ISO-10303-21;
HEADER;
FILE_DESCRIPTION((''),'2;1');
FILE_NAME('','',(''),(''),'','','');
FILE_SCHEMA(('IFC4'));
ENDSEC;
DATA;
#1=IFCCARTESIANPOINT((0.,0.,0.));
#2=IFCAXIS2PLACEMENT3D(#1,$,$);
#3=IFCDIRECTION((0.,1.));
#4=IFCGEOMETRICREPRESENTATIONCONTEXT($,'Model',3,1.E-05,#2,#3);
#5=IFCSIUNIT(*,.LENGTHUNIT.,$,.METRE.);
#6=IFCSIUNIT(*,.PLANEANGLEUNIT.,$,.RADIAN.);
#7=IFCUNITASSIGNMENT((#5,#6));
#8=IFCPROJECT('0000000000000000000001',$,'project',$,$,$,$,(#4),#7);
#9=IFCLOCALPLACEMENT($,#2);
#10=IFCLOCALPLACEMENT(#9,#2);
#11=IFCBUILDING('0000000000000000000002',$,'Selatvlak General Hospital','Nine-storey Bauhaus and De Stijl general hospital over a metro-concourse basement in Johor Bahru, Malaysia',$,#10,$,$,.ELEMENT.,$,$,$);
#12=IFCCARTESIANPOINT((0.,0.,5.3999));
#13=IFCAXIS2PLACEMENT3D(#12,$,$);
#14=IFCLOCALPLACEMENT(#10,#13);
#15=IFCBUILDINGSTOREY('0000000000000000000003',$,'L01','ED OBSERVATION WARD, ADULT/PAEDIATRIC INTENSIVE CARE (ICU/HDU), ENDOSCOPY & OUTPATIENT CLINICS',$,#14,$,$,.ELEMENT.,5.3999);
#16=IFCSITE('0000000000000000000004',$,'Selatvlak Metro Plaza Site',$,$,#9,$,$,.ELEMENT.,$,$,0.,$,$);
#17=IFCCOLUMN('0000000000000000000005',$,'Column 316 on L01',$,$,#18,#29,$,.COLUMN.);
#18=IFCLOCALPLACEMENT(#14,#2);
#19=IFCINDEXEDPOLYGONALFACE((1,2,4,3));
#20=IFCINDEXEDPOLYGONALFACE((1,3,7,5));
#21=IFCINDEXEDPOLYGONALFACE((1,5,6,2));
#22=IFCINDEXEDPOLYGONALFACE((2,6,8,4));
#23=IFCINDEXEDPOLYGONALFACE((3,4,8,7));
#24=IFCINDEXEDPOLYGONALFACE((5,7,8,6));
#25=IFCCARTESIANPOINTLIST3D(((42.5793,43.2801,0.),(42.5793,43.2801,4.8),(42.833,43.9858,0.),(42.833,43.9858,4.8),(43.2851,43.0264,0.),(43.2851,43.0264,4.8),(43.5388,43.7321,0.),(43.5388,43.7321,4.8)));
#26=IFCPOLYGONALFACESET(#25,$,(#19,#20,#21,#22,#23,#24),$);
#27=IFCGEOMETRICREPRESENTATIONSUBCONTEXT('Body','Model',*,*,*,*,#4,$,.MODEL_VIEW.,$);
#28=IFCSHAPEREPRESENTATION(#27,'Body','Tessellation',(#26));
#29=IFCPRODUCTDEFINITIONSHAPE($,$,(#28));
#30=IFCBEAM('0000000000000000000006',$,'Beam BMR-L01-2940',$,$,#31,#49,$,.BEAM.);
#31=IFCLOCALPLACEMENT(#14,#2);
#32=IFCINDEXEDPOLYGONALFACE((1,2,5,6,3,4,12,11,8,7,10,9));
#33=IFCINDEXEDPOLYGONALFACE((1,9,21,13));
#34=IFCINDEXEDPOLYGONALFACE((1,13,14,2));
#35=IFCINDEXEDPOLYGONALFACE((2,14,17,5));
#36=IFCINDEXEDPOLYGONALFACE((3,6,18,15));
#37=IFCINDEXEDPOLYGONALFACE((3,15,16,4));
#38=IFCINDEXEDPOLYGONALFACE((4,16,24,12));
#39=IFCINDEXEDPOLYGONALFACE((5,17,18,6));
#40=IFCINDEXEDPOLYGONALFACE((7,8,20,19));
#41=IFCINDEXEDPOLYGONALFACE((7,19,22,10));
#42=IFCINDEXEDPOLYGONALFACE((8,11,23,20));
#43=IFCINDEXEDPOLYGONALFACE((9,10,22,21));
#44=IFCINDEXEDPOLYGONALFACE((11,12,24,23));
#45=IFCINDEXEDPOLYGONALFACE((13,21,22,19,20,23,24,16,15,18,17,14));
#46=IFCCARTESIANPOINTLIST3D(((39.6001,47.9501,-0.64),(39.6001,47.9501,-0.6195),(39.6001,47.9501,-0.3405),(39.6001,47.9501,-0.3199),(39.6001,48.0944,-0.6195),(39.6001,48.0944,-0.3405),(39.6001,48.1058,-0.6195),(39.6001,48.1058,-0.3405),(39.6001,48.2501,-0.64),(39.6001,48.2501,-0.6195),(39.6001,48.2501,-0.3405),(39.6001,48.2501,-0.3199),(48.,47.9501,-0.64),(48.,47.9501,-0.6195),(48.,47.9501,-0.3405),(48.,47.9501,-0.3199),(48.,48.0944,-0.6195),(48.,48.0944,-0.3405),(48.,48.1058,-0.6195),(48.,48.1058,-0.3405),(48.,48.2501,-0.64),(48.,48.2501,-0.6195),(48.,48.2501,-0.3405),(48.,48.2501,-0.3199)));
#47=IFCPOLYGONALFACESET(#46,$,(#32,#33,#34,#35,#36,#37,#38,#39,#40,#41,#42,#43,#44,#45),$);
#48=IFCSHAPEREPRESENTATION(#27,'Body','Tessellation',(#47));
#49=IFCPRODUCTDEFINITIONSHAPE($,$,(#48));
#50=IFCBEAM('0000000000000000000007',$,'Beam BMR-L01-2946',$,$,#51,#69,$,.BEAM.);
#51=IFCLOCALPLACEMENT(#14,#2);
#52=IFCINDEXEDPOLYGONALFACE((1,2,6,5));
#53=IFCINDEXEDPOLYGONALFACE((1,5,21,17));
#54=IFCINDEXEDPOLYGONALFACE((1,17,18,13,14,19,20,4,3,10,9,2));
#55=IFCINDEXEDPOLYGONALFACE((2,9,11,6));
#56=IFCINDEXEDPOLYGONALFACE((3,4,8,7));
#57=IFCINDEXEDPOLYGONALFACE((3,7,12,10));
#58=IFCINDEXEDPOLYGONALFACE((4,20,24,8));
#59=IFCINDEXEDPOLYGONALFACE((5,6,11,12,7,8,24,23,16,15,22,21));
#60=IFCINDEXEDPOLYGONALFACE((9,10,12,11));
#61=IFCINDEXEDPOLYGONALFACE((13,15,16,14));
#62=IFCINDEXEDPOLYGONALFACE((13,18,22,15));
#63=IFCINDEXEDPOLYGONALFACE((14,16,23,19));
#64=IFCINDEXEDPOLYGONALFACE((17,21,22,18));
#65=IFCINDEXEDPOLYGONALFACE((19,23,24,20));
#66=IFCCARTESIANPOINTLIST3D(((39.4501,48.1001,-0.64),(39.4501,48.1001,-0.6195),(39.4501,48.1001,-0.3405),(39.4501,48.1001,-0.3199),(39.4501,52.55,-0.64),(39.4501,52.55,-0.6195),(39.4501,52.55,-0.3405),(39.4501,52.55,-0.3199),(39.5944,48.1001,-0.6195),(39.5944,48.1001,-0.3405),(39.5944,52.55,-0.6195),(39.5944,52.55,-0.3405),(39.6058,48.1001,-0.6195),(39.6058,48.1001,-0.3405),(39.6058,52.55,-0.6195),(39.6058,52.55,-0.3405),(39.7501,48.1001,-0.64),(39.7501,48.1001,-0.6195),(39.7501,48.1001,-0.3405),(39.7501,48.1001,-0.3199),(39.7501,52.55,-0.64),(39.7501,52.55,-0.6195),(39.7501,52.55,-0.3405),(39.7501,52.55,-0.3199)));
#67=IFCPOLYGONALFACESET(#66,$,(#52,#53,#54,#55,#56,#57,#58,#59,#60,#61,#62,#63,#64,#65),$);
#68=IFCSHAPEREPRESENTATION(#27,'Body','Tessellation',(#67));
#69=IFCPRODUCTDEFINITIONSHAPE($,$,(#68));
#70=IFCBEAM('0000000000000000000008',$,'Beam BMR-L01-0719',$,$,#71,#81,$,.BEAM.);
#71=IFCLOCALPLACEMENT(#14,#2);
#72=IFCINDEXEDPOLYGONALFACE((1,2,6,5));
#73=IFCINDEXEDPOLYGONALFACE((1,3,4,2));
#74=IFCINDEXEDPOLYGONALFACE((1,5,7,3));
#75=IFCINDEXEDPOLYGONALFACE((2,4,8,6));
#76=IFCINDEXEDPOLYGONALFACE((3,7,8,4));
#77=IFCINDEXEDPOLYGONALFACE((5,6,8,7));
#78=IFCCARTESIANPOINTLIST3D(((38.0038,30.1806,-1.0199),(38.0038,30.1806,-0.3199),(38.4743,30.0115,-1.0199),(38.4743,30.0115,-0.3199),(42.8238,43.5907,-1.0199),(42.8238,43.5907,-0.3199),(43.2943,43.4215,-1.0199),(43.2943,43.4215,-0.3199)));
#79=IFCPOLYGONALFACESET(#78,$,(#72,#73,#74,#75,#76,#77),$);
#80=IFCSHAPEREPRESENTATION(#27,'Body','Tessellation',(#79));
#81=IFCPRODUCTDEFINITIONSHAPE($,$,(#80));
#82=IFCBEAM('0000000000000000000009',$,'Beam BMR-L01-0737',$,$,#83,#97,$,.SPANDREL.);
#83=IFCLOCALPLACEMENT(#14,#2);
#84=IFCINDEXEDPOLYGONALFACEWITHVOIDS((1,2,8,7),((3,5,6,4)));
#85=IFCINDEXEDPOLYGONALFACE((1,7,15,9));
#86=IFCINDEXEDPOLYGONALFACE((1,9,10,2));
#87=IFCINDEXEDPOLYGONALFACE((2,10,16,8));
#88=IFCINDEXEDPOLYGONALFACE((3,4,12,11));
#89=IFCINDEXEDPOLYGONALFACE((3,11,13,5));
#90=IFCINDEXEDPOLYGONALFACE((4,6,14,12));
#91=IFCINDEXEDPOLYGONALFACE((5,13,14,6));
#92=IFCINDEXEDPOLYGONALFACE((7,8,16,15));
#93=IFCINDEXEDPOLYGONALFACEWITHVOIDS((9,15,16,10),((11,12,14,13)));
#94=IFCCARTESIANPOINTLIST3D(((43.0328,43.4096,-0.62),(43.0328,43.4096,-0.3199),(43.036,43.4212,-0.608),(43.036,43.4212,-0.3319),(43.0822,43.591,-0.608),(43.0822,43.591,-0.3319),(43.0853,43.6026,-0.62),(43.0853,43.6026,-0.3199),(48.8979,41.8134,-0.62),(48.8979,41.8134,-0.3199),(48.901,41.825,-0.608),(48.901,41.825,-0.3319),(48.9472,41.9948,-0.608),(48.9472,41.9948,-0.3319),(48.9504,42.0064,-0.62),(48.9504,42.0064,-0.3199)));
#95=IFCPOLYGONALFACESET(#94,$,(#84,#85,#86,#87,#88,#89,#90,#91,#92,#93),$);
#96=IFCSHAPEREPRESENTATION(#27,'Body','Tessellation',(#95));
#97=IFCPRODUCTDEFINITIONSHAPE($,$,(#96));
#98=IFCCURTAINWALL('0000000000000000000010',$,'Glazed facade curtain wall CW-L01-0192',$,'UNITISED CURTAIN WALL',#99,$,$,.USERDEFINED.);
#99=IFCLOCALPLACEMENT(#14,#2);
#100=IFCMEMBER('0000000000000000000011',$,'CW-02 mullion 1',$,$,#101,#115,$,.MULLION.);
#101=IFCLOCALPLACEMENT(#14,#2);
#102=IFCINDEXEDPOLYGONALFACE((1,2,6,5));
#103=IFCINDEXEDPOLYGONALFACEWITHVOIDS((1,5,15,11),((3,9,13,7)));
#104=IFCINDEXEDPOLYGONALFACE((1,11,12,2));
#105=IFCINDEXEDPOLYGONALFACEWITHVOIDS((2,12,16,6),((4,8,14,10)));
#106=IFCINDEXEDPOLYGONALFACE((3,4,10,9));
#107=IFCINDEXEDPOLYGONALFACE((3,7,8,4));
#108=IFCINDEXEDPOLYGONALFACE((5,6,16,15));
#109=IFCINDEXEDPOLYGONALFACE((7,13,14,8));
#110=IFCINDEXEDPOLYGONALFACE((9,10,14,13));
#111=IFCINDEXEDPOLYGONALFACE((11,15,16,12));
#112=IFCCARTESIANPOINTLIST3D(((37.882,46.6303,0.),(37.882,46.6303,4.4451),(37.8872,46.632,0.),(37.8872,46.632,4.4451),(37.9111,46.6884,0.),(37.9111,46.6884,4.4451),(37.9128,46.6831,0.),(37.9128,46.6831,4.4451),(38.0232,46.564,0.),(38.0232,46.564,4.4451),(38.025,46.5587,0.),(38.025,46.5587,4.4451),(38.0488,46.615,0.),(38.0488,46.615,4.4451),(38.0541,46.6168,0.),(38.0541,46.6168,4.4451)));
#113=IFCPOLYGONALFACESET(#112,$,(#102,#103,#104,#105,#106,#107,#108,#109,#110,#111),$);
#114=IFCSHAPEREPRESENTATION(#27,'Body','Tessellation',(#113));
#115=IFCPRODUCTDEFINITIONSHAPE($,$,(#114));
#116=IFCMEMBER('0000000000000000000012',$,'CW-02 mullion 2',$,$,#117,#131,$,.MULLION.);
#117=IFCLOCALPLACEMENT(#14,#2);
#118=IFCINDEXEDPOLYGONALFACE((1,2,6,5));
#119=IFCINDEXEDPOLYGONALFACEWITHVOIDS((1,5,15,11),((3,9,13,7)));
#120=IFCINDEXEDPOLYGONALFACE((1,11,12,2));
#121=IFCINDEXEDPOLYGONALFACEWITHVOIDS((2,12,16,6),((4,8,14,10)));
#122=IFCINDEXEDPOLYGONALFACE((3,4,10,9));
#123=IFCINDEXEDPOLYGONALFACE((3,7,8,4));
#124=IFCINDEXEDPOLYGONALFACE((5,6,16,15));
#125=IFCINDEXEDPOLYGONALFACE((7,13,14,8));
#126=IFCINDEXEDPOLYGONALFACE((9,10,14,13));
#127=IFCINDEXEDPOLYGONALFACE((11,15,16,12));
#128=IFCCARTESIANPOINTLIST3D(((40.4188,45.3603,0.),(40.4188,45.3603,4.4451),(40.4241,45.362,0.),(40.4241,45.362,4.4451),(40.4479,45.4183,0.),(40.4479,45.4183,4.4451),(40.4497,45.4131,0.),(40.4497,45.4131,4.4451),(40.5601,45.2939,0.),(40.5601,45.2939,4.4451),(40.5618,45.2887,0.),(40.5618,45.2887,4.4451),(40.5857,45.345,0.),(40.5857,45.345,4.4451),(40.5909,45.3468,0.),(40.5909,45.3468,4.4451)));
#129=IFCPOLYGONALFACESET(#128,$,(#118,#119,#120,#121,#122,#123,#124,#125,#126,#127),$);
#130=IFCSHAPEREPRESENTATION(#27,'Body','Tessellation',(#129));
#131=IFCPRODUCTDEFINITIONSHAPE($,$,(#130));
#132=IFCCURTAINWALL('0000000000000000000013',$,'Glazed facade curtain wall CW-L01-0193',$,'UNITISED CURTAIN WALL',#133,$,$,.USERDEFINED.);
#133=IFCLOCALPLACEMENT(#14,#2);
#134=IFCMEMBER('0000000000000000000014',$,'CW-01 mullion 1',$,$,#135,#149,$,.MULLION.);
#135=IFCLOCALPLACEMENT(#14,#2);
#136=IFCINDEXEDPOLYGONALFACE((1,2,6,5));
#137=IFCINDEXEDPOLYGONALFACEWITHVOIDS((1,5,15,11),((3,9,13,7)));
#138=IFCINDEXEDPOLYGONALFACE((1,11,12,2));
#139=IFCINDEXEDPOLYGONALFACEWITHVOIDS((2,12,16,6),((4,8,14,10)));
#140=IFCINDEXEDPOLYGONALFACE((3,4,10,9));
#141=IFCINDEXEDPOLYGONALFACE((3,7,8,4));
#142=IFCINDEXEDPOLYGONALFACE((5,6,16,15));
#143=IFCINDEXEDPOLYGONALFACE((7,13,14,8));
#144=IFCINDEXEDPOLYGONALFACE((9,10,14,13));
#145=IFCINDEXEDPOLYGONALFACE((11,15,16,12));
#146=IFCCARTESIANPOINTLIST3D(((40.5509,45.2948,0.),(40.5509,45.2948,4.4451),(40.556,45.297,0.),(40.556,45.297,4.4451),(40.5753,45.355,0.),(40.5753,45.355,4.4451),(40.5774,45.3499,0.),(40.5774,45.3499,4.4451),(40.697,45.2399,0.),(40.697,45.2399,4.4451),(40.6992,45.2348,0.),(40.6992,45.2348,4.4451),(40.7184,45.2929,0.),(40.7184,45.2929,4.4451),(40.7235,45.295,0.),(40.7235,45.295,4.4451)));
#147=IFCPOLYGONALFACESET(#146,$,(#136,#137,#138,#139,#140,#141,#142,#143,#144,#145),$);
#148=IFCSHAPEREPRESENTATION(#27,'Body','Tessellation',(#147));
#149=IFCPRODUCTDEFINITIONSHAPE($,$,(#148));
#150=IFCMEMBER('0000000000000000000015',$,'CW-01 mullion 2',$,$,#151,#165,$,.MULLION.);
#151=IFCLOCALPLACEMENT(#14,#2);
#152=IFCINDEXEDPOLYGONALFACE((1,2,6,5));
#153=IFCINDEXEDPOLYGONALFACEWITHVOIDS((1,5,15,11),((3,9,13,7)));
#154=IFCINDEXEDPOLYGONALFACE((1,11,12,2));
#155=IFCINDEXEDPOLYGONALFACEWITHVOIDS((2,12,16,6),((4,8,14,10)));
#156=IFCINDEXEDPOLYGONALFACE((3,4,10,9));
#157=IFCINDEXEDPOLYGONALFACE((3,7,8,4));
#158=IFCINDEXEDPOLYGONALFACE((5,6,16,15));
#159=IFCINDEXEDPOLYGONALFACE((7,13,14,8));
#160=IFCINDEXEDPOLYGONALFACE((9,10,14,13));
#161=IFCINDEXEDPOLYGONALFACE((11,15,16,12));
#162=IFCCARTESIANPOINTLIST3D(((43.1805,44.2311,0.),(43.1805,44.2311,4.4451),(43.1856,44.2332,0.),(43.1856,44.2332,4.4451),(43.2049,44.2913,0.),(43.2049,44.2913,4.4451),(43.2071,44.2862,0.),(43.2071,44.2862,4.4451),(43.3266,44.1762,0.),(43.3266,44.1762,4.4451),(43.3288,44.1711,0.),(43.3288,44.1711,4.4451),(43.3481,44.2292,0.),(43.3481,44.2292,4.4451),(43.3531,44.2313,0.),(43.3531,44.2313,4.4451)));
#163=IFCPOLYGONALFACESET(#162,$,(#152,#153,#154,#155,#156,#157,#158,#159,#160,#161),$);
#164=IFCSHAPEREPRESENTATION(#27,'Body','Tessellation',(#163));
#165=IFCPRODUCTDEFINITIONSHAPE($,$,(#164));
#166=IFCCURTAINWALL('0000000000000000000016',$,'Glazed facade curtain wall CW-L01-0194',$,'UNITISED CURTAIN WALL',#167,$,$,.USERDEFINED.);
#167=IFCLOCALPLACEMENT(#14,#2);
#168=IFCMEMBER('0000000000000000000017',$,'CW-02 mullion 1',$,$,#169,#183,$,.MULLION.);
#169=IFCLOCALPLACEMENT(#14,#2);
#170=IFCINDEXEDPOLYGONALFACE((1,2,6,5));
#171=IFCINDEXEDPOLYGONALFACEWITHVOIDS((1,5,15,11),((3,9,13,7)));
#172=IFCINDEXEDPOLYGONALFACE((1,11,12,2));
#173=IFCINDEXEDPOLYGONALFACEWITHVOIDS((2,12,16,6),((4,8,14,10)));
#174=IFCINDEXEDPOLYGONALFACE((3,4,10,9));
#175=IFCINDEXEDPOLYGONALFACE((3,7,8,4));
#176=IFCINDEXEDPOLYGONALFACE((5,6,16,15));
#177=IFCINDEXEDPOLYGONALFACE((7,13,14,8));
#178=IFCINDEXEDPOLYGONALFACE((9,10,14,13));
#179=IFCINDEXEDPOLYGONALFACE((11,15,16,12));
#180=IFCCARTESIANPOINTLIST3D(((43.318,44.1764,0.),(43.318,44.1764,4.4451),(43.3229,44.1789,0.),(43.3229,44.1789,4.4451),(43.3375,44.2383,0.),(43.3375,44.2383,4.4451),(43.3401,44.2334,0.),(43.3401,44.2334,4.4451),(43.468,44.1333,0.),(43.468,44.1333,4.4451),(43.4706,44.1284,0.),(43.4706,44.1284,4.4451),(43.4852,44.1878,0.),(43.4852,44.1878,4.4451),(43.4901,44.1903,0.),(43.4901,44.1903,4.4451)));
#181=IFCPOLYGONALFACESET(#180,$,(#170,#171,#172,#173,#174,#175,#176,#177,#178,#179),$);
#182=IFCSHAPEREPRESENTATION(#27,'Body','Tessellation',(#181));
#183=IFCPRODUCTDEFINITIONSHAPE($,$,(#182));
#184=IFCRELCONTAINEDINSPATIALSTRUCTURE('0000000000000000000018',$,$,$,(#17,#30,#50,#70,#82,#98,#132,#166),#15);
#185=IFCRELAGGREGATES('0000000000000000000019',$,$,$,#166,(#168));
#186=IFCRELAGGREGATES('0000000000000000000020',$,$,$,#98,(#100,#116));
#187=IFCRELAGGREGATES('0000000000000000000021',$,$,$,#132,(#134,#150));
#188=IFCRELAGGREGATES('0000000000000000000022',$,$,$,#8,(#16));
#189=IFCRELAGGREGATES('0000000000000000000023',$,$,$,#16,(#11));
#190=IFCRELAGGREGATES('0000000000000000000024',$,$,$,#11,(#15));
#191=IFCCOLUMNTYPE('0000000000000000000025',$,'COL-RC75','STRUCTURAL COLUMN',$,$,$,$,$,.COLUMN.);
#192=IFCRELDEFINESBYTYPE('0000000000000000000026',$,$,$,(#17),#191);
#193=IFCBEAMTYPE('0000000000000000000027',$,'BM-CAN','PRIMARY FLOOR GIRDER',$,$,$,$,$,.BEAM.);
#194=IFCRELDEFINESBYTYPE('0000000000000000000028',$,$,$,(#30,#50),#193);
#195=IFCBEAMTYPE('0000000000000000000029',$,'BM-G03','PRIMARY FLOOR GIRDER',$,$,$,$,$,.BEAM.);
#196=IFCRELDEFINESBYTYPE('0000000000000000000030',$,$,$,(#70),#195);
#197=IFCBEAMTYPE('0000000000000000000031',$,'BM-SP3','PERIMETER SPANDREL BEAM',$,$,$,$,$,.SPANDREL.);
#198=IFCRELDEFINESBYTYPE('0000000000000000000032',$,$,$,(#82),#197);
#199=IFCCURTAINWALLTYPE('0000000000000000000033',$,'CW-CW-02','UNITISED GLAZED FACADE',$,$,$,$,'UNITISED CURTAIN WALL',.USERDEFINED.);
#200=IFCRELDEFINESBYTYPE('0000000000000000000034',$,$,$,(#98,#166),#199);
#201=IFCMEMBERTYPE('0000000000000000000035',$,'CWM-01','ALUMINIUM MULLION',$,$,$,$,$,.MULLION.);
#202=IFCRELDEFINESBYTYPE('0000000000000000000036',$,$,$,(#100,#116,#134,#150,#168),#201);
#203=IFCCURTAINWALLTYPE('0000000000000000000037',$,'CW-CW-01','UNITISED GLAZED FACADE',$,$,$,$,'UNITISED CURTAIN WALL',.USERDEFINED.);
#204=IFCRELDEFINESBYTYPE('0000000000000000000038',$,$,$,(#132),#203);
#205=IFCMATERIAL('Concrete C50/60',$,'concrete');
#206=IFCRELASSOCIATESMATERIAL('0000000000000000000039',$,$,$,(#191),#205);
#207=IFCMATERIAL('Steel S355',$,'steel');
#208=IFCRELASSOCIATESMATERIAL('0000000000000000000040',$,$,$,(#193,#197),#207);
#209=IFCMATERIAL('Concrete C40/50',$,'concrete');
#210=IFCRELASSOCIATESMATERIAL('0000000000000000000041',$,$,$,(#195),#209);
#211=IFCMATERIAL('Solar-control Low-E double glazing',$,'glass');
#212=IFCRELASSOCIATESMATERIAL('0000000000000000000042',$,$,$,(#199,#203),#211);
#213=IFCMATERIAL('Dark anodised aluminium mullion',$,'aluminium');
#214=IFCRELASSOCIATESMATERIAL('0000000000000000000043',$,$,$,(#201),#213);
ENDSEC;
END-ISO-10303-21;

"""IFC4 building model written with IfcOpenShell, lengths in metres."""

from ifc_helpers import new_model, si_unit, direction, frame, origin, origin_2d, place, context, subcontext, project, spatial, rectangle, hollow_rectangle, i_section, extrude, material, material_profile, profile_set, type_object, element, aggregate, save


model = new_model("IFC4")

# Units and contexts
model_context = context("Model", 3, precision=1e-05, world=origin(), true_north=direction((0.0, 1.0)))
body_context = subcontext(model_context, "Body", "Model", "MODEL_VIEW")
ifc_project = project(units=[si_unit("LENGTHUNIT", "METRE"), si_unit("PLANEANGLEUNIT", "RADIAN")], contexts=[model_context])

# Site, building, storey
site_placement = place(None, origin())
site = spatial("IfcSite", under=ifc_project, at=site_placement, Name="Selatvlak Metro Plaza Site", CompositionType="ELEMENT", RefElevation=0.0)
building_placement = place(site_placement, origin())
building = spatial("IfcBuilding", under=site, at=building_placement, Name="Selatvlak General Hospital", Description="Nine-storey Bauhaus and De Stijl general hospital over a metro-concourse basement in Johor Bahru, Malaysia", CompositionType="ELEMENT")
storey_placement = place(building_placement, frame((0.0, 0.0, 5.3999)))
storey = spatial("IfcBuildingStorey", under=building, at=storey_placement, Name="L01", Description="ED OBSERVATION WARD, ADULT/PAEDIATRIC INTENSIVE CARE (ICU/HDU), ENDOSCOPY & OUTPATIENT CLINICS", CompositionType="ELEMENT", Elevation=5.3999)

# Column
ifc_material_1 = material(Name="Concrete C50/60", Category="concrete")
ifc_material_profile_1 = material_profile(ifc_material_1, rectangle(XDim=0.75, YDim=0.75, at=origin_2d()), Name="RC-COL 750x750")
ifc_profile_set_1 = profile_set([ifc_material_profile_1], Name="Concrete C50/60")
column_type = type_object("IfcColumnType", Name="COL-RC75", Description="STRUCTURAL COLUMN", PredefinedType="COLUMN", material=ifc_profile_set_1)
column_placement = place(storey_placement, frame((43.0591, 43.5061, 0.0), z_axis=(0.0, 0.0, 1.0), x_axis=(0.338262, 0.941052, 0.0)))
element("IfcColumn", 1, at=column_placement, inside=storey, type_object=column_type, Name="Column 316 on L01", PredefinedType="COLUMN", context=body_context, shape_type="SweptSolid", body=[
    extrude(rectangle(XDim=0.75, YDim=0.75, at=origin_2d()), origin(), (0.0, 0.0, 1.0), 4.8),
])

# Beams
ifc_material_2 = material(Name="Steel S355", Category="steel")
ifc_material_profile_2 = material_profile(ifc_material_2, i_section(OverallWidth=0.3, OverallDepth=0.3201, WebThickness=0.0115, FlangeThickness=0.0205, at=origin_2d()), Name="HEB 320")
ifc_profile_set_2 = profile_set([ifc_material_profile_2], Name="Steel S355")
beam_type_1 = type_object("IfcBeamType", Name="BM-CAN", Description="PRIMARY FLOOR GIRDER", PredefinedType="BEAM", material=ifc_profile_set_2)
beam_1_placement = place(storey_placement, frame((39.6001, 48.1001, -0.48), z_axis=(1.0, 0.0, 0.0), x_axis=(0.0, 1.0, 0.0)))
element("IfcBeam", 2, at=beam_1_placement, inside=storey, type_object=beam_type_1, Name="Beam BMR-L01-2940", PredefinedType="BEAM", context=body_context, shape_type="SweptSolid", body=[
    extrude(i_section(OverallWidth=0.3, OverallDepth=0.3201, WebThickness=0.0115, FlangeThickness=0.0205, at=origin_2d()), origin(), (0.0, 0.0, 1.0), 8.3999),
])
beam_2_placement = place(storey_placement, frame((39.6001, 48.1001, -0.48), z_axis=(0.0, 1.0, 0.0), x_axis=(-1.0, 0.0, 0.0)))
element("IfcBeam", 3, at=beam_2_placement, inside=storey, type_object=beam_type_1, Name="Beam BMR-L01-2946", PredefinedType="BEAM", context=body_context, shape_type="SweptSolid", body=[
    extrude(i_section(OverallWidth=0.3, OverallDepth=0.3201, WebThickness=0.0115, FlangeThickness=0.0205, at=origin_2d()), origin(), (0.0, 0.0, 1.0), 4.45),
])
ifc_material_3 = material(Name="Concrete C40/50", Category="concrete")
ifc_material_profile_3 = material_profile(ifc_material_3, rectangle(XDim=0.5, YDim=0.7, at=origin_2d()), Name="RC-BM 500x700")
ifc_profile_set_3 = profile_set([ifc_material_profile_3], Name="Concrete C40/50")
beam_type_2 = type_object("IfcBeamType", Name="BM-G03", Description="PRIMARY FLOOR GIRDER", PredefinedType="BEAM", material=ifc_profile_set_3)
beam_3_placement = place(storey_placement, frame((43.0591, 43.5061, -0.6699), z_axis=(-0.338248, -0.941057, 0.0), x_axis=(0.941057, -0.338248, 0.0)))
element("IfcBeam", 4, at=beam_3_placement, inside=storey, type_object=beam_type_2, Name="Beam BMR-L01-0719", PredefinedType="BEAM", context=body_context, shape_type="SweptSolid", body=[
    extrude(rectangle(XDim=0.5, YDim=0.7, at=origin_2d()), origin(), (0.0, 0.0, 1.0), 14.25),
])
ifc_material_profile_4 = material_profile(ifc_material_2, hollow_rectangle(XDim=0.2, YDim=0.3, WallThickness=0.012, at=origin_2d()), Name="RHS 300x200x12")
ifc_profile_set_4 = profile_set([ifc_material_profile_4], Name="Steel S355")
beam_type_3 = type_object("IfcBeamType", Name="BM-SP3", Description="PERIMETER SPANDREL BEAM", PredefinedType="SPANDREL", material=ifc_profile_set_4)
beam_4_placement = place(storey_placement, frame((43.0591, 43.5061, -0.47), z_axis=(0.964904, -0.262604, 0.0), x_axis=(0.262604, 0.964904, 0.0)))
element("IfcBeam", 5, at=beam_4_placement, inside=storey, type_object=beam_type_3, Name="Beam BMR-L01-0737", PredefinedType="SPANDREL", context=body_context, shape_type="SweptSolid", body=[
    extrude(hollow_rectangle(XDim=0.2, YDim=0.3, WallThickness=0.012, at=origin_2d()), origin(), (0.0, 0.0, 1.0), 6.0784),
])

# Curtain walls, members
ifc_material_4 = material(Name="Solar-control Low-E double glazing", Category="glass")
curtain_wall_type_1 = type_object("IfcCurtainWallType", Name="CW-CW-02", Description="UNITISED GLAZED FACADE", ElementType="UNITISED CURTAIN WALL", PredefinedType="USERDEFINED", material=ifc_material_4)
curtain_wall_1_placement = place(storey_placement, origin())
curtain_wall_1 = element("IfcCurtainWall", 6, at=curtain_wall_1_placement, inside=storey, type_object=curtain_wall_type_1, Name="Glazed facade curtain wall CW-L01-0192", ObjectType="UNITISED CURTAIN WALL", PredefinedType="USERDEFINED")
ifc_material_5 = material(Name="Dark anodised aluminium mullion", Category="aluminium")
ifc_material_profile_5 = material_profile(ifc_material_5, hollow_rectangle(XDim=0.0649, YDim=0.1599, WallThickness=0.0039, at=origin_2d()), Name="AL-MUL 65x160x4")
ifc_profile_set_5 = profile_set([ifc_material_profile_5], Name="Dark anodised aluminium mullion")
member_type_1 = type_object("IfcMemberType", Name="CWM-01", Description="ALUMINIUM MULLION", PredefinedType="MULLION", material=ifc_profile_set_5)
member_1_placement = place(storey_placement, frame((37.968, 46.6235, 0.0), z_axis=(0.0, 0.0, 1.0), x_axis=(0.447627, 0.89422, 0.0)))
member_1 = element("IfcMember", 7, at=member_1_placement, type_object=member_type_1, Name="CW-02 mullion 1", PredefinedType="MULLION", context=body_context, shape_type="SweptSolid", body=[
    extrude(hollow_rectangle(XDim=0.0649, YDim=0.1599, WallThickness=0.0039, at=origin_2d()), origin(), (0.0, 0.0, 1.0), 4.4451),
])
member_2_placement = place(storey_placement, frame((40.5049, 45.3535, 0.0), z_axis=(0.0, 0.0, 1.0), x_axis=(0.447627, 0.89422, 0.0)))
member_2 = element("IfcMember", 8, at=member_2_placement, type_object=member_type_1, Name="CW-02 mullion 2", PredefinedType="MULLION", context=body_context, shape_type="SweptSolid", body=[
    extrude(hollow_rectangle(XDim=0.0649, YDim=0.1599, WallThickness=0.0039, at=origin_2d()), origin(), (0.0, 0.0, 1.0), 4.4451),
])
curtain_wall_type_2 = type_object("IfcCurtainWallType", Name="CW-CW-01", Description="UNITISED GLAZED FACADE", ElementType="UNITISED CURTAIN WALL", PredefinedType="USERDEFINED", material=ifc_material_4)
curtain_wall_2_placement = place(storey_placement, origin())
curtain_wall_2 = element("IfcCurtainWall", 9, at=curtain_wall_2_placement, inside=storey, type_object=curtain_wall_type_2, Name="Glazed facade curtain wall CW-L01-0193", ObjectType="UNITISED CURTAIN WALL", PredefinedType="USERDEFINED")
member_3_placement = place(storey_placement, frame((40.6372, 45.2949, 0.0), z_axis=(0.0, 0.0, 1.0), x_axis=(0.374953, 0.927044, 0.0)))
member_3 = element("IfcMember", 10, at=member_3_placement, type_object=member_type_1, Name="CW-01 mullion 1", PredefinedType="MULLION", context=body_context, shape_type="SweptSolid", body=[
    extrude(hollow_rectangle(XDim=0.0649, YDim=0.1599, WallThickness=0.0039, at=origin_2d()), origin(), (0.0, 0.0, 1.0), 4.4451),
])
member_4_placement = place(storey_placement, frame((43.2668, 44.2312, 0.0), z_axis=(0.0, 0.0, 1.0), x_axis=(0.374953, 0.927044, 0.0)))
member_4 = element("IfcMember", 11, at=member_4_placement, type_object=member_type_1, Name="CW-01 mullion 2", PredefinedType="MULLION", context=body_context, shape_type="SweptSolid", body=[
    extrude(hollow_rectangle(XDim=0.0649, YDim=0.1599, WallThickness=0.0039, at=origin_2d()), origin(), (0.0, 0.0, 1.0), 4.4451),
])

# Curtain wall, member
curtain_wall_3_placement = place(storey_placement, origin())
curtain_wall_3 = element("IfcCurtainWall", 12, at=curtain_wall_3_placement, inside=storey, type_object=curtain_wall_type_1, Name="Glazed facade curtain wall CW-L01-0194", ObjectType="UNITISED CURTAIN WALL", PredefinedType="USERDEFINED")
member_5_placement = place(storey_placement, frame((43.4041, 44.1833, 0.0), z_axis=(0.0, 0.0, 1.0), x_axis=(0.300373, 0.953822, 0.0)))
member_5 = element("IfcMember", 13, at=member_5_placement, type_object=member_type_1, Name="CW-02 mullion 1", PredefinedType="MULLION", context=body_context, shape_type="SweptSolid", body=[
    extrude(hollow_rectangle(XDim=0.0649, YDim=0.1599, WallThickness=0.0039, at=origin_2d()), origin(), (0.0, 0.0, 1.0), 4.4451),
])

aggregate(curtain_wall_3, [member_5])

aggregate(curtain_wall_1, [member_1, member_2])
aggregate(curtain_wall_2, [member_3, member_4])

save(model, "model.ifc")
